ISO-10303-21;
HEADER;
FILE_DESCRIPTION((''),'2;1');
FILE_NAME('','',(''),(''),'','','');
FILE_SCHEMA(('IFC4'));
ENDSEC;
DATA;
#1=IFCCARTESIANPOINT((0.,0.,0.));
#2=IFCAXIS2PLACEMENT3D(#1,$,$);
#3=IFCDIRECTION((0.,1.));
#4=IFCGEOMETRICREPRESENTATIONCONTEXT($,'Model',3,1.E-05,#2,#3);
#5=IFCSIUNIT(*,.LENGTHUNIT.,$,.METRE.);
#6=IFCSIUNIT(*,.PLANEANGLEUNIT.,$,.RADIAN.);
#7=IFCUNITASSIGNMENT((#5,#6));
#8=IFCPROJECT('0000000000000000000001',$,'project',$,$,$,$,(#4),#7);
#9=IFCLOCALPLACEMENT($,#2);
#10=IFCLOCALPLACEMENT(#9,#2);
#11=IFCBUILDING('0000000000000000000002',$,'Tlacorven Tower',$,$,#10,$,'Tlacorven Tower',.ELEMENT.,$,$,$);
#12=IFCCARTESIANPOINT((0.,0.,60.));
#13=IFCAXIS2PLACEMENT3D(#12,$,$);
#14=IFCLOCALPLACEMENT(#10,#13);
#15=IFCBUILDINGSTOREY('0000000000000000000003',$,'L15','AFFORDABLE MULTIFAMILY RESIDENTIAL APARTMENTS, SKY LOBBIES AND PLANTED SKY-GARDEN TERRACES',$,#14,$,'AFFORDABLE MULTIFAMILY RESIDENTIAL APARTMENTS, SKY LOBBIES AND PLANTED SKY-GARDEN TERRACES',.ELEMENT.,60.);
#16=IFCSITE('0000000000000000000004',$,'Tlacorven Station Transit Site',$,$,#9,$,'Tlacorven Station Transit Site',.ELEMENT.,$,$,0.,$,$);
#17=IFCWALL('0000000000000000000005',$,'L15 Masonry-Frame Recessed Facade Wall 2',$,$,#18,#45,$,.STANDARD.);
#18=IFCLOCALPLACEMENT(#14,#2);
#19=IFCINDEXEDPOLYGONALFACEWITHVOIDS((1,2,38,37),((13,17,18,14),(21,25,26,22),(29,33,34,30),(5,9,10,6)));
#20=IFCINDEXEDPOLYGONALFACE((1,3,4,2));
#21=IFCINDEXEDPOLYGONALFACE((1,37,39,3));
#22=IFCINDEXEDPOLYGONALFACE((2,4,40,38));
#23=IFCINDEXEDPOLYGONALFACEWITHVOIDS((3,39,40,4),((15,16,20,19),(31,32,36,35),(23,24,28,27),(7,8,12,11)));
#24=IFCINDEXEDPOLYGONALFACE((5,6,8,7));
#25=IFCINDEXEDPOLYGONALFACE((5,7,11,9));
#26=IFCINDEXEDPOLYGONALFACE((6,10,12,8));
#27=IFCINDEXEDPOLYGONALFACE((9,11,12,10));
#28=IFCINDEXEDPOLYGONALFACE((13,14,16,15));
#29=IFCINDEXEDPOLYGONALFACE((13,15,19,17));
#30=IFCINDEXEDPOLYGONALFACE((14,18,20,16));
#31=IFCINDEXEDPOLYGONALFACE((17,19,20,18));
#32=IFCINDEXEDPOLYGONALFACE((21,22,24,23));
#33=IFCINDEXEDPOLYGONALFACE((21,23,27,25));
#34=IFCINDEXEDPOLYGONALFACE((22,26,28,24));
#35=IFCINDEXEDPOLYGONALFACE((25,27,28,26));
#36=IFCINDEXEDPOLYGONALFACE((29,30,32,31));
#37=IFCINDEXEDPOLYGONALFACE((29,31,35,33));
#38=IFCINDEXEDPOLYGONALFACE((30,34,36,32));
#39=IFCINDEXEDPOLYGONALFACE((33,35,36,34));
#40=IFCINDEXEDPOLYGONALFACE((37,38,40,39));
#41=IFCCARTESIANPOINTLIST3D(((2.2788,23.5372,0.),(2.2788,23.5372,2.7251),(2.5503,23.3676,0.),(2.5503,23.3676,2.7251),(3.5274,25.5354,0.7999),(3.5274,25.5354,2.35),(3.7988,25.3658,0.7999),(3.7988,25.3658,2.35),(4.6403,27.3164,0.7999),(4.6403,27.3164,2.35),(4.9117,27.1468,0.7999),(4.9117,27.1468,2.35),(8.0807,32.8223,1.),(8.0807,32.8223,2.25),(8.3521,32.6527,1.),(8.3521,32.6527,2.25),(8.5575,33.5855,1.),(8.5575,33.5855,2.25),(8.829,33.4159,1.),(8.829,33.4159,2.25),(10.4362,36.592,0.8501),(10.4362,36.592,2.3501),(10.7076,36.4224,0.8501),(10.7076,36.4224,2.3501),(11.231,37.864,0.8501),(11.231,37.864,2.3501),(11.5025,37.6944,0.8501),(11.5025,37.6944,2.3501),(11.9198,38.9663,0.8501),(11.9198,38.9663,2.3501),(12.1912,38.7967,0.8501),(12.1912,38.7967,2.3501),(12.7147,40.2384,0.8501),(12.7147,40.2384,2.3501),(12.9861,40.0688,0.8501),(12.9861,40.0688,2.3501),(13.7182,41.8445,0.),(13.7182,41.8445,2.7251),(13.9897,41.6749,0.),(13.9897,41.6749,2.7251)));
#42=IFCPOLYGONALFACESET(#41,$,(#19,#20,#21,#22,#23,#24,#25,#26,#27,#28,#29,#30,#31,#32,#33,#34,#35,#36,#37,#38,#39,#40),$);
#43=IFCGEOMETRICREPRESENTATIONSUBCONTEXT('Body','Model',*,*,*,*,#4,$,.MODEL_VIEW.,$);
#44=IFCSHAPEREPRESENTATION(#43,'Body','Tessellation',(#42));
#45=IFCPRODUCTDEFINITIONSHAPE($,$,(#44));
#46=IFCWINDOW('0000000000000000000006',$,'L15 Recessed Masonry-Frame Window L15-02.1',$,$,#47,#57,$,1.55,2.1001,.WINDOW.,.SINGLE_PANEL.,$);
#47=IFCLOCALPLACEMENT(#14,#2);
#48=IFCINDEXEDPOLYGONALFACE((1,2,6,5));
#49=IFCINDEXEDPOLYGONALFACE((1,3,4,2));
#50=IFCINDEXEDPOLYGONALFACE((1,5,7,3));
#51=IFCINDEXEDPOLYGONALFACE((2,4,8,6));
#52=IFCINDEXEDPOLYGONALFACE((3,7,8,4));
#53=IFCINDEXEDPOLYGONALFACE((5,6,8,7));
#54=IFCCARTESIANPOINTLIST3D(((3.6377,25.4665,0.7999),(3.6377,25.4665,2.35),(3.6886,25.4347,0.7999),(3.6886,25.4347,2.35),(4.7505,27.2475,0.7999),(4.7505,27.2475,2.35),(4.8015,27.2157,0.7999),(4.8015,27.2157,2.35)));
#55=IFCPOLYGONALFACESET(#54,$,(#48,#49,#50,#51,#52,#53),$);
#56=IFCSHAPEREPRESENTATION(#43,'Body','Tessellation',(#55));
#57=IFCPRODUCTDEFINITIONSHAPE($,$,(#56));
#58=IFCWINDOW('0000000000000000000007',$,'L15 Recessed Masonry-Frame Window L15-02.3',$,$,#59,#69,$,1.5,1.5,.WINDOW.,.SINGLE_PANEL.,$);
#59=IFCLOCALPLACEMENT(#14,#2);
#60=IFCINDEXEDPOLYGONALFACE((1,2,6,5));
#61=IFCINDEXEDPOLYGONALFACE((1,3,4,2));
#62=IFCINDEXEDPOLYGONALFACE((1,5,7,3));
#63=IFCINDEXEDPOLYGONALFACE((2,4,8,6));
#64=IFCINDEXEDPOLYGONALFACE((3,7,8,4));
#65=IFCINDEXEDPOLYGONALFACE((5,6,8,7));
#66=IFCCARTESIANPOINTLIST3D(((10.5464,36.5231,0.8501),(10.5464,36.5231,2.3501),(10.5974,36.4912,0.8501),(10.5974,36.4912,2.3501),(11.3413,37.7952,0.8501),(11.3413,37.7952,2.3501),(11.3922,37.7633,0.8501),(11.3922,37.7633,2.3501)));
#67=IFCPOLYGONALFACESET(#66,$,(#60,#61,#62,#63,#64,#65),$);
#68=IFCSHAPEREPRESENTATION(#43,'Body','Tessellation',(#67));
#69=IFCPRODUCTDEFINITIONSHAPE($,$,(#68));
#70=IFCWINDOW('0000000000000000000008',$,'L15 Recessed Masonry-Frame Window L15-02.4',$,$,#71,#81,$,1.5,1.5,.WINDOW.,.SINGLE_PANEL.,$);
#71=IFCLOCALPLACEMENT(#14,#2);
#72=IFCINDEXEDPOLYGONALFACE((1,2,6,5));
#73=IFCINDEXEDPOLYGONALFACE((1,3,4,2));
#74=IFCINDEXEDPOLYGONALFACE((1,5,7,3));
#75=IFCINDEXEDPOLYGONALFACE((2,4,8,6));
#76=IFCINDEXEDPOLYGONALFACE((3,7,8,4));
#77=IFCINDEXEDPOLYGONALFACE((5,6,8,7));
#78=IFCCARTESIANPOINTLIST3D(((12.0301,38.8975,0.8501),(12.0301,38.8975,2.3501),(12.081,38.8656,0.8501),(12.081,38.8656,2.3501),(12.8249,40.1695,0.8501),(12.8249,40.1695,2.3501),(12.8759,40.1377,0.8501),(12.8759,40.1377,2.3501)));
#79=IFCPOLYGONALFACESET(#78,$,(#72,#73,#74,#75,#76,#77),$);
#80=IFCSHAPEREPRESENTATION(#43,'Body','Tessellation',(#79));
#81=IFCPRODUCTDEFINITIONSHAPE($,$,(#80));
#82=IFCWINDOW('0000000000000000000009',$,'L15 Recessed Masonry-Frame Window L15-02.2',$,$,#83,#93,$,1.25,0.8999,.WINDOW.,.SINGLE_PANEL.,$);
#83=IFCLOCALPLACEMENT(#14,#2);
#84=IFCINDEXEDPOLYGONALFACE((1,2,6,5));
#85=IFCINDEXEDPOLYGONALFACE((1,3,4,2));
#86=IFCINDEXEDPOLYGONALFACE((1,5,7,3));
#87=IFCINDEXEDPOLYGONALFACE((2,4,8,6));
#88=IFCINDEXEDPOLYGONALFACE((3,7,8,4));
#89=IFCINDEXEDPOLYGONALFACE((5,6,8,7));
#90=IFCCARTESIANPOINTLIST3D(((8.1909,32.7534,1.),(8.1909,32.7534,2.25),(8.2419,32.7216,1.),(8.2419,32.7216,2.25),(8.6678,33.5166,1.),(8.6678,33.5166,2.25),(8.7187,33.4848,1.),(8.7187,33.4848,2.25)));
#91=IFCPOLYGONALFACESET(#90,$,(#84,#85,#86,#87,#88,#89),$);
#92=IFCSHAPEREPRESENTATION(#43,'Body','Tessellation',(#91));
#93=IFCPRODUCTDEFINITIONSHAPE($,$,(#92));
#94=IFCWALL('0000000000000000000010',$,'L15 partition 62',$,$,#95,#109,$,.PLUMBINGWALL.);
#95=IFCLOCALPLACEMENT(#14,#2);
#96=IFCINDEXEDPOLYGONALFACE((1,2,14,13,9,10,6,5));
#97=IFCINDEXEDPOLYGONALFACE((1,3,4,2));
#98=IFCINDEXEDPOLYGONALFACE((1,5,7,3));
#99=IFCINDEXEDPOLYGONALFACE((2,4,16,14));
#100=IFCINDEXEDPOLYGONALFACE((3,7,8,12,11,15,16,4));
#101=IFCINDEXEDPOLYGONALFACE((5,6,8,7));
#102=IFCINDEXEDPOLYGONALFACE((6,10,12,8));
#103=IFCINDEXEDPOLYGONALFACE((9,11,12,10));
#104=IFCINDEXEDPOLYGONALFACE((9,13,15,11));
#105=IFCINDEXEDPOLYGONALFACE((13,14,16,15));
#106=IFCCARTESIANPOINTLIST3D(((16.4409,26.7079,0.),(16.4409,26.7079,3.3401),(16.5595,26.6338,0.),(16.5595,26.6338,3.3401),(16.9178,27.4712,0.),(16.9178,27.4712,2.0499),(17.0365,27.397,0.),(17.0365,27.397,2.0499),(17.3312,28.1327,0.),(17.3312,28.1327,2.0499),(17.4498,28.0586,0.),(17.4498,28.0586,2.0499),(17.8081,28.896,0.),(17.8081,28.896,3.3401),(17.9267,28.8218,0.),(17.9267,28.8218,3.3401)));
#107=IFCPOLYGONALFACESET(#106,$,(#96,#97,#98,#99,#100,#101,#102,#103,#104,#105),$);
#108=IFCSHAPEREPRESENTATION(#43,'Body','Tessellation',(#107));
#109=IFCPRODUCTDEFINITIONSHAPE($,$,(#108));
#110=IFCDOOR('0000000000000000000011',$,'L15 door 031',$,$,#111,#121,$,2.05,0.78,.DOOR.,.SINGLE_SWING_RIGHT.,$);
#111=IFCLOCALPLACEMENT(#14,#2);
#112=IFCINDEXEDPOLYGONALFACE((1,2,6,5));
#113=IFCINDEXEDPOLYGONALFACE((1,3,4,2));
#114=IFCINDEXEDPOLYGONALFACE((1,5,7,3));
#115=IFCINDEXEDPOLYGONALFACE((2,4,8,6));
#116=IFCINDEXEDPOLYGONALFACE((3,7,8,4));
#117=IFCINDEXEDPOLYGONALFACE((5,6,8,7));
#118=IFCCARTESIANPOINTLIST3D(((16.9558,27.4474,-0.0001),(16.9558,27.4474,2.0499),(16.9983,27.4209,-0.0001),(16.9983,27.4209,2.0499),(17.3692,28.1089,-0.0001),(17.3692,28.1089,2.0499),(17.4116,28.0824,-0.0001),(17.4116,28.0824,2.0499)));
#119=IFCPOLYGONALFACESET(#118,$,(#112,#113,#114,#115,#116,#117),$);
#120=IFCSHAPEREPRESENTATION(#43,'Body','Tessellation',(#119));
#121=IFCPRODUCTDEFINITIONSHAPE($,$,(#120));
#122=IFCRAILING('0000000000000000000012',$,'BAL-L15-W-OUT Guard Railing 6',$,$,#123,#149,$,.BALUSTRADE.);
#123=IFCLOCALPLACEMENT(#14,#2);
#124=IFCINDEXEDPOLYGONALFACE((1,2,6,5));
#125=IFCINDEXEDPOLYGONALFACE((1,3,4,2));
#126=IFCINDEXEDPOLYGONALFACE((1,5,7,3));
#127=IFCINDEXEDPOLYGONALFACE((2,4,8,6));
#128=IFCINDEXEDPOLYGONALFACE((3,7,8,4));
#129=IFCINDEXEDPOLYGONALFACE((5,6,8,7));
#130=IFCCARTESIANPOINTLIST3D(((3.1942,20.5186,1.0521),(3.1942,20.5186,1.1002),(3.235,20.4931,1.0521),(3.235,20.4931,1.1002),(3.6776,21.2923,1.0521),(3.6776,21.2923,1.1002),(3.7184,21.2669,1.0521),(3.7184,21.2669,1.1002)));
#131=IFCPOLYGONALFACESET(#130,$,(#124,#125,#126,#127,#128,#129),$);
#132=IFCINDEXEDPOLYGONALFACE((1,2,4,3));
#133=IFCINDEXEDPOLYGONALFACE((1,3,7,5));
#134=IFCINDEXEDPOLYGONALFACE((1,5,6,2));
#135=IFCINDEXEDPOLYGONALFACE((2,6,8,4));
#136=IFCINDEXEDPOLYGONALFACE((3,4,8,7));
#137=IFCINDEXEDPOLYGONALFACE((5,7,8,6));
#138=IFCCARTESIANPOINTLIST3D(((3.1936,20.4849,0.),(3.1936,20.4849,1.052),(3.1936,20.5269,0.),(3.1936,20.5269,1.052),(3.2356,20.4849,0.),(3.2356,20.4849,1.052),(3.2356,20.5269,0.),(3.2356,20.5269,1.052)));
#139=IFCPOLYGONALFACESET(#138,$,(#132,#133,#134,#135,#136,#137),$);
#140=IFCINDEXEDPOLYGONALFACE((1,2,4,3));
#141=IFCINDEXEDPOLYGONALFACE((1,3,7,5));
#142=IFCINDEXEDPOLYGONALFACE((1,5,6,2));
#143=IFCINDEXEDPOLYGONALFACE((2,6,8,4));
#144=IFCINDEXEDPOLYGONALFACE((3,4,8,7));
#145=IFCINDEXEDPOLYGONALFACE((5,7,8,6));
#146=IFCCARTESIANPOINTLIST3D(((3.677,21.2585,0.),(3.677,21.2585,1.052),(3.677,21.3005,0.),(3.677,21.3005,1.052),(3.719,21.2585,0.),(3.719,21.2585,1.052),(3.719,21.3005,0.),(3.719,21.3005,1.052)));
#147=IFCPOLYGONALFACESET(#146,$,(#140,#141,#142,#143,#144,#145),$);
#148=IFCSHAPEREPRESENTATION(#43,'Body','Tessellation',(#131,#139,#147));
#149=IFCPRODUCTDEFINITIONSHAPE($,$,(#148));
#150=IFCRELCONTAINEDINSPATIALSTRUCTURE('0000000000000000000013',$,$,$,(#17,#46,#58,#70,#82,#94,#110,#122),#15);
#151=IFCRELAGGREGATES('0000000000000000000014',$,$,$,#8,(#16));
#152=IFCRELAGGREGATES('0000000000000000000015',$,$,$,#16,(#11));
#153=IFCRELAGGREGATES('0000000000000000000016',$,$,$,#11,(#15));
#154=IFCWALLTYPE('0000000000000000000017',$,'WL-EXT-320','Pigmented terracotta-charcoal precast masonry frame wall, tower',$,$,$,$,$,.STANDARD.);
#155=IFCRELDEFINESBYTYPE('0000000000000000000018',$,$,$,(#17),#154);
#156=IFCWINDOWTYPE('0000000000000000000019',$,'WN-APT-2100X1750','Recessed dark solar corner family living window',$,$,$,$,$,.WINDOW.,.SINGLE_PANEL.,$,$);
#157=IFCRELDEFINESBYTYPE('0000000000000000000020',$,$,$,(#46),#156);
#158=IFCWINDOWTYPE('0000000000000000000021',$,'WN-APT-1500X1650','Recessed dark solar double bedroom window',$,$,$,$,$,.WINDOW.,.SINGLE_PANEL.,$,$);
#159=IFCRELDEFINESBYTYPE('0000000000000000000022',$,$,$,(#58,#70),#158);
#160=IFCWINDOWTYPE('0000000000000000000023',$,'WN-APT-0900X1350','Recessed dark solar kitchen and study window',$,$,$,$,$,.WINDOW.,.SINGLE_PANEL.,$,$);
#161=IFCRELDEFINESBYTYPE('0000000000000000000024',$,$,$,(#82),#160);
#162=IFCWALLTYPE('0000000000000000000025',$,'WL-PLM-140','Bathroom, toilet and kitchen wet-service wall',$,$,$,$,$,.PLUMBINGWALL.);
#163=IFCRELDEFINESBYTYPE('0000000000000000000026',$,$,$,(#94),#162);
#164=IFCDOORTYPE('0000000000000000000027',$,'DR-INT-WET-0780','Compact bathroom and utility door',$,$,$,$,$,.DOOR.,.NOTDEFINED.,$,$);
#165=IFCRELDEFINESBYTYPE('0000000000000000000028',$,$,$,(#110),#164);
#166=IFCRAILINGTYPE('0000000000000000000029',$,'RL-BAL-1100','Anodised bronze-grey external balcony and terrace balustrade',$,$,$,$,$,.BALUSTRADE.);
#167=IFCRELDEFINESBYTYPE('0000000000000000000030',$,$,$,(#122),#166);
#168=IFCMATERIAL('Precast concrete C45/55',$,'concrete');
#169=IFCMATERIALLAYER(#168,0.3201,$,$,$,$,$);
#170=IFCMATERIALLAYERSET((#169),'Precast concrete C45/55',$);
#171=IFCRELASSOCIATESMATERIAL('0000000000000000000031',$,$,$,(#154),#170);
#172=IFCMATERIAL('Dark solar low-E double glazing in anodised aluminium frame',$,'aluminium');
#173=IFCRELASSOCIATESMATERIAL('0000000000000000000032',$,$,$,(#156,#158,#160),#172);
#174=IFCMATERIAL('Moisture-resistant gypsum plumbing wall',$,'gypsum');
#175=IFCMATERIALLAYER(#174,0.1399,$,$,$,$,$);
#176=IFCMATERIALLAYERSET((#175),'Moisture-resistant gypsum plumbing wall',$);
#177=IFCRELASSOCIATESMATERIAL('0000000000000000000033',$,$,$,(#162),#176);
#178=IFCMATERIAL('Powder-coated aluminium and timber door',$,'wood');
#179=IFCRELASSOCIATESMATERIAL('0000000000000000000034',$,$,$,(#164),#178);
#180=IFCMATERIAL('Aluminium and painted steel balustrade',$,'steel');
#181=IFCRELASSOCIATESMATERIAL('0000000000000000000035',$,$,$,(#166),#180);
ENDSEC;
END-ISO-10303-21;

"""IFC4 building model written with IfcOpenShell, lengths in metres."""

from ifc_helpers import new_model, si_unit, direction, frame, frame_2d, origin, origin_2d, place, context, subcontext, project, spatial, rectangle, extrude, source, transform, mapped, material, layer, layer_set, type_object, element, fill, save


model = new_model("IFC4")

# Units and contexts
model_context = context("Model", 3, precision=1e-05, world=origin(), true_north=direction((0.0, 1.0)))
body_context = subcontext(model_context, "Body", "Model", "MODEL_VIEW")
ifc_project = project(units=[si_unit("LENGTHUNIT", "METRE"), si_unit("PLANEANGLEUNIT", "RADIAN")], contexts=[model_context])

# Site, building, storey
site_placement = place(None, origin())
site = spatial("IfcSite", under=ifc_project, at=site_placement, Name="Tlacorven Station Transit Site", LongName="Tlacorven Station Transit Site", CompositionType="ELEMENT", RefElevation=0.0)
building_placement = place(site_placement, origin())
building = spatial("IfcBuilding", under=site, at=building_placement, Name="Tlacorven Tower", LongName="Tlacorven Tower", CompositionType="ELEMENT")
storey_placement = place(building_placement, frame((0.0, 0.0, 60.0)))
storey = spatial("IfcBuildingStorey", under=building, at=storey_placement, Name="L15", Description="AFFORDABLE MULTIFAMILY RESIDENTIAL APARTMENTS, SKY LOBBIES AND PLANTED SKY-GARDEN TERRACES", LongName="AFFORDABLE MULTIFAMILY RESIDENTIAL APARTMENTS, SKY LOBBIES AND PLANTED SKY-GARDEN TERRACES", CompositionType="ELEMENT", Elevation=60.0)

# Wall, openings, windows
ifc_material_1 = material(Name="Precast concrete C45/55", Category="concrete")
ifc_layer_1 = layer(ifc_material_1, 0.3201)
ifc_layer_set_1 = layer_set([ifc_layer_1], Name="Precast concrete C45/55")
wall_type_1 = type_object("IfcWallType", Name="WL-EXT-320", Description="Pigmented terracotta-charcoal precast masonry frame wall, tower", PredefinedType="STANDARD", material=ifc_layer_set_1)
wall_1_placement = place(storey_placement, frame((2.4146, 23.4524, 0.0), z_axis=(0.0, 0.0, 1.0), x_axis=(0.52991, 0.848054, 0.0)))
wall_1 = element("IfcWall", 1, at=wall_1_placement, inside=storey, type_object=wall_type_1, Name="L15 Masonry-Frame Recessed Facade Wall 2", PredefinedType="STANDARD", context=body_context, shape_type="SweptSolid", body=[
    extrude(rectangle(XDim=21.5874, YDim=0.3201, at=frame_2d((10.7937, 0.0))), origin(), (0.0, 0.0, 1.0), 2.7251),
])
opening_1_placement = place(wall_1_placement, frame((2.3562, 0.0, 0.8)))
opening_1 = element("IfcOpeningElement", 2, at=opening_1_placement, cuts=wall_1, PredefinedType="OPENING", context=body_context, shape_type="SweptSolid", body=[
    extrude(rectangle(XDim=2.1001, YDim=1.55, at=frame_2d((1.05, 0.7749))), frame((0.0, 0.1699, 0.0), z_axis=(0.0, -1.0, 0.0), x_axis=(1.0, 0.0, 0.0)), (0.0, 0.0, 1.0), 0.3401),
])
opening_2_placement = place(wall_1_placement, frame((10.9487, 0.0, 1.0)))
opening_2 = element("IfcOpeningElement", 3, at=opening_2_placement, cuts=wall_1, PredefinedType="OPENING", context=body_context, shape_type="SweptSolid", body=[
    extrude(rectangle(XDim=0.8999, YDim=1.25, at=frame_2d((0.45, 0.625))), frame((0.0, 0.1699, 0.0), z_axis=(0.0, -1.0, 0.0), x_axis=(1.0, 0.0, 0.0)), (0.0, 0.0, 1.0), 0.3401),
])
opening_3_placement = place(wall_1_placement, frame((15.3938, 0.0, 0.8501)))
opening_3 = element("IfcOpeningElement", 4, at=opening_3_placement, cuts=wall_1, PredefinedType="OPENING", context=body_context, shape_type="SweptSolid", body=[
    extrude(rectangle(XDim=1.5, YDim=1.5, at=frame_2d((0.75, 0.75))), frame((0.0, 0.1699, 0.0), z_axis=(0.0, -1.0, 0.0), x_axis=(1.0, 0.0, 0.0)), (0.0, 0.0, 1.0), 0.3401),
])
opening_4_placement = place(wall_1_placement, frame((18.1936, 0.0, 0.8501)))
opening_4 = element("IfcOpeningElement", 5, at=opening_4_placement, cuts=wall_1, PredefinedType="OPENING", context=body_context, shape_type="SweptSolid", body=[
    extrude(rectangle(XDim=1.5, YDim=1.5, at=frame_2d((0.75, 0.75))), frame((0.0, 0.1699, 0.0), z_axis=(0.0, -1.0, 0.0), x_axis=(1.0, 0.0, 0.0)), (0.0, 0.0, 1.0), 0.3401),
])
ifc_material_2 = material(Name="Dark solar low-E double glazing in anodised aluminium frame", Category="aluminium")
window_type_1 = type_object("IfcWindowType", Name="WN-APT-2100X1750", Description="Recessed dark solar corner family living window", PartitioningType="SINGLE_PANEL", PredefinedType="WINDOW", material=ifc_material_2)
shared_shape_1 = source(origin(), body_context, "Body", "SweptSolid", [
    extrude(rectangle(XDim=2.1001, YDim=1.55, at=frame_2d((1.05, 0.7749))), frame((0.0, 0.03, 0.0), z_axis=(0.0, -1.0, 0.0), x_axis=(1.0, 0.0, 0.0)), (0.0, 0.0, 1.0), 0.0601),
])
window_1_placement = place(opening_1_placement, origin())
window_1 = element("IfcWindow", 6, at=window_1_placement, inside=storey, type_object=window_type_1, Name="L15 Recessed Masonry-Frame Window L15-02.1", OverallHeight=1.55, OverallWidth=2.1001, PartitioningType="SINGLE_PANEL", PredefinedType="WINDOW", context=body_context, shape_type="MappedRepresentation", body=[
    mapped(shared_shape_1, transform((0.0, 0.0, 0.0), scale=1.0)),
])
fill(opening_1, window_1)
window_type_2 = type_object("IfcWindowType", Name="WN-APT-1500X1650", Description="Recessed dark solar double bedroom window", PartitioningType="SINGLE_PANEL", PredefinedType="WINDOW", material=ifc_material_2)
shared_shape_2 = source(origin(), body_context, "Body", "SweptSolid", [
    extrude(rectangle(XDim=1.5, YDim=1.5, at=frame_2d((0.75, 0.75))), frame((0.0, 0.03, 0.0), z_axis=(0.0, -1.0, 0.0), x_axis=(1.0, 0.0, 0.0)), (0.0, 0.0, 1.0), 0.0601),
])
window_2_placement = place(opening_3_placement, origin())
window_2 = element("IfcWindow", 7, at=window_2_placement, inside=storey, type_object=window_type_2, Name="L15 Recessed Masonry-Frame Window L15-02.3", OverallHeight=1.5, OverallWidth=1.5, PartitioningType="SINGLE_PANEL", PredefinedType="WINDOW", context=body_context, shape_type="MappedRepresentation", body=[
    mapped(shared_shape_2, transform((0.0, 0.0, 0.0), scale=1.0)),
])
fill(opening_3, window_2)
window_3_placement = place(opening_4_placement, origin())
window_3 = element("IfcWindow", 8, at=window_3_placement, inside=storey, type_object=window_type_2, Name="L15 Recessed Masonry-Frame Window L15-02.4", OverallHeight=1.5, OverallWidth=1.5, PartitioningType="SINGLE_PANEL", PredefinedType="WINDOW", context=body_context, shape_type="MappedRepresentation", body=[
    mapped(shared_shape_2, transform((0.0, 0.0, 0.0), scale=1.0)),
])
fill(opening_4, window_3)
window_type_3 = type_object("IfcWindowType", Name="WN-APT-0900X1350", Description="Recessed dark solar kitchen and study window", PartitioningType="SINGLE_PANEL", PredefinedType="WINDOW", material=ifc_material_2)
shared_shape_3 = source(origin(), body_context, "Body", "SweptSolid", [
    extrude(rectangle(XDim=0.8999, YDim=1.25, at=frame_2d((0.45, 0.625))), frame((0.0, 0.03, 0.0), z_axis=(0.0, -1.0, 0.0), x_axis=(1.0, 0.0, 0.0)), (0.0, 0.0, 1.0), 0.0601),
])
window_4_placement = place(opening_2_placement, origin())
window_4 = element("IfcWindow", 9, at=window_4_placement, inside=storey, type_object=window_type_3, Name="L15 Recessed Masonry-Frame Window L15-02.2", OverallHeight=1.25, OverallWidth=0.8999, PartitioningType="SINGLE_PANEL", PredefinedType="WINDOW", context=body_context, shape_type="MappedRepresentation", body=[
    mapped(shared_shape_3, transform((0.0, 0.0, 0.0), scale=1.0)),
])
fill(opening_2, window_4)

# Wall, opening, door
ifc_material_3 = material(Name="Moisture-resistant gypsum plumbing wall", Category="gypsum")
ifc_layer_2 = layer(ifc_material_3, 0.1399)
ifc_layer_set_2 = layer_set([ifc_layer_2], Name="Moisture-resistant gypsum plumbing wall")
wall_type_2 = type_object("IfcWallType", Name="WL-PLM-140", Description="Bathroom, toilet and kitchen wet-service wall", PredefinedType="PLUMBINGWALL", material=ifc_layer_set_2)
wall_2_placement = place(storey_placement, frame((17.8674, 28.8589, 0.0), z_axis=(0.0, 0.0, 1.0), x_axis=(-0.529914, -0.848051, 0.0)))
wall_2 = element("IfcWall", 10, at=wall_2_placement, inside=storey, type_object=wall_type_2, Name="L15 partition 62", PredefinedType="PLUMBINGWALL", context=body_context, shape_type="SweptSolid", body=[
    extrude(rectangle(XDim=2.5801, YDim=0.1399, at=frame_2d((1.29, 0.0))), origin(), (0.0, 0.0, 1.0), 3.3401),
])
opening_5_placement = place(wall_2_placement, frame((0.8999, 0.0, 0.0)))
opening_5 = element("IfcOpeningElement", 11, at=opening_5_placement, cuts=wall_2, PredefinedType="OPENING", context=body_context, shape_type="SweptSolid", body=[
    extrude(rectangle(XDim=0.78, YDim=2.05, at=frame_2d((0.3901, 1.0249))), frame((0.0, 0.0801, 0.0), z_axis=(0.0, -1.0, 0.0), x_axis=(1.0, 0.0, 0.0)), (0.0, 0.0, 1.0), 0.1599),
])
ifc_material_4 = material(Name="Powder-coated aluminium and timber door", Category="wood")
door_type = type_object("IfcDoorType", Name="DR-INT-WET-0780", Description="Compact bathroom and utility door", OperationType="NOTDEFINED", PredefinedType="DOOR", material=ifc_material_4)
shared_shape_4 = source(origin(), body_context, "Body", "SweptSolid", [
    extrude(rectangle(XDim=0.78, YDim=2.05, at=frame_2d((0.3901, 1.0249))), frame((0.0, 0.0249, 0.0), z_axis=(0.0, -1.0, 0.0), x_axis=(1.0, 0.0, 0.0)), (0.0, 0.0, 1.0), 0.05),
])
door_placement = place(opening_5_placement, origin())
door = element("IfcDoor", 12, at=door_placement, inside=storey, type_object=door_type, Name="L15 door 031", OperationType="SINGLE_SWING_RIGHT", OverallHeight=2.05, OverallWidth=0.78, PredefinedType="DOOR", context=body_context, shape_type="MappedRepresentation", body=[
    mapped(shared_shape_4, transform((0.0, 0.0, 0.0), scale=1.0)),
])
fill(opening_5, door)

# Railing
ifc_material_5 = material(Name="Aluminium and painted steel balustrade", Category="steel")
railing_type = type_object("IfcRailingType", Name="RL-BAL-1100", Description="Anodised bronze-grey external balcony and terrace balustrade", PredefinedType="BALUSTRADE", material=ifc_material_5)
shared_shape_5 = source(origin(), body_context, "Body", "SweptSolid", [
    extrude(rectangle(XDim=0.0481, YDim=0.0481, at=origin_2d()), frame((0.0, 0.0, 1.0762), z_axis=(0.529879, 0.848073, 0.0), x_axis=(-0.848073, 0.529879, 0.0)), (0.0, 0.0, 1.0), 0.9124),
    extrude(rectangle(XDim=0.042, YDim=0.042, at=origin_2d()), origin(), (0.0, 0.0, 1.0), 1.052),
    extrude(rectangle(XDim=0.042, YDim=0.042, at=origin_2d()), frame((0.4834, 0.7737, 0.0)), (0.0, 0.0, 1.0), 1.052),
])
railing_1_placement = place(storey_placement, frame((3.2146, 20.5059, 0.0)))
element("IfcRailing", 13, at=railing_1_placement, inside=storey, type_object=railing_type, Name="BAL-L15-W-OUT Guard Railing 6", PredefinedType="BALUSTRADE", context=body_context, shape_type="MappedRepresentation", body=[
    mapped(shared_shape_5, transform((0.0, 0.0, 0.0), scale=1.0)),
])

save(model, "model.ifc")
